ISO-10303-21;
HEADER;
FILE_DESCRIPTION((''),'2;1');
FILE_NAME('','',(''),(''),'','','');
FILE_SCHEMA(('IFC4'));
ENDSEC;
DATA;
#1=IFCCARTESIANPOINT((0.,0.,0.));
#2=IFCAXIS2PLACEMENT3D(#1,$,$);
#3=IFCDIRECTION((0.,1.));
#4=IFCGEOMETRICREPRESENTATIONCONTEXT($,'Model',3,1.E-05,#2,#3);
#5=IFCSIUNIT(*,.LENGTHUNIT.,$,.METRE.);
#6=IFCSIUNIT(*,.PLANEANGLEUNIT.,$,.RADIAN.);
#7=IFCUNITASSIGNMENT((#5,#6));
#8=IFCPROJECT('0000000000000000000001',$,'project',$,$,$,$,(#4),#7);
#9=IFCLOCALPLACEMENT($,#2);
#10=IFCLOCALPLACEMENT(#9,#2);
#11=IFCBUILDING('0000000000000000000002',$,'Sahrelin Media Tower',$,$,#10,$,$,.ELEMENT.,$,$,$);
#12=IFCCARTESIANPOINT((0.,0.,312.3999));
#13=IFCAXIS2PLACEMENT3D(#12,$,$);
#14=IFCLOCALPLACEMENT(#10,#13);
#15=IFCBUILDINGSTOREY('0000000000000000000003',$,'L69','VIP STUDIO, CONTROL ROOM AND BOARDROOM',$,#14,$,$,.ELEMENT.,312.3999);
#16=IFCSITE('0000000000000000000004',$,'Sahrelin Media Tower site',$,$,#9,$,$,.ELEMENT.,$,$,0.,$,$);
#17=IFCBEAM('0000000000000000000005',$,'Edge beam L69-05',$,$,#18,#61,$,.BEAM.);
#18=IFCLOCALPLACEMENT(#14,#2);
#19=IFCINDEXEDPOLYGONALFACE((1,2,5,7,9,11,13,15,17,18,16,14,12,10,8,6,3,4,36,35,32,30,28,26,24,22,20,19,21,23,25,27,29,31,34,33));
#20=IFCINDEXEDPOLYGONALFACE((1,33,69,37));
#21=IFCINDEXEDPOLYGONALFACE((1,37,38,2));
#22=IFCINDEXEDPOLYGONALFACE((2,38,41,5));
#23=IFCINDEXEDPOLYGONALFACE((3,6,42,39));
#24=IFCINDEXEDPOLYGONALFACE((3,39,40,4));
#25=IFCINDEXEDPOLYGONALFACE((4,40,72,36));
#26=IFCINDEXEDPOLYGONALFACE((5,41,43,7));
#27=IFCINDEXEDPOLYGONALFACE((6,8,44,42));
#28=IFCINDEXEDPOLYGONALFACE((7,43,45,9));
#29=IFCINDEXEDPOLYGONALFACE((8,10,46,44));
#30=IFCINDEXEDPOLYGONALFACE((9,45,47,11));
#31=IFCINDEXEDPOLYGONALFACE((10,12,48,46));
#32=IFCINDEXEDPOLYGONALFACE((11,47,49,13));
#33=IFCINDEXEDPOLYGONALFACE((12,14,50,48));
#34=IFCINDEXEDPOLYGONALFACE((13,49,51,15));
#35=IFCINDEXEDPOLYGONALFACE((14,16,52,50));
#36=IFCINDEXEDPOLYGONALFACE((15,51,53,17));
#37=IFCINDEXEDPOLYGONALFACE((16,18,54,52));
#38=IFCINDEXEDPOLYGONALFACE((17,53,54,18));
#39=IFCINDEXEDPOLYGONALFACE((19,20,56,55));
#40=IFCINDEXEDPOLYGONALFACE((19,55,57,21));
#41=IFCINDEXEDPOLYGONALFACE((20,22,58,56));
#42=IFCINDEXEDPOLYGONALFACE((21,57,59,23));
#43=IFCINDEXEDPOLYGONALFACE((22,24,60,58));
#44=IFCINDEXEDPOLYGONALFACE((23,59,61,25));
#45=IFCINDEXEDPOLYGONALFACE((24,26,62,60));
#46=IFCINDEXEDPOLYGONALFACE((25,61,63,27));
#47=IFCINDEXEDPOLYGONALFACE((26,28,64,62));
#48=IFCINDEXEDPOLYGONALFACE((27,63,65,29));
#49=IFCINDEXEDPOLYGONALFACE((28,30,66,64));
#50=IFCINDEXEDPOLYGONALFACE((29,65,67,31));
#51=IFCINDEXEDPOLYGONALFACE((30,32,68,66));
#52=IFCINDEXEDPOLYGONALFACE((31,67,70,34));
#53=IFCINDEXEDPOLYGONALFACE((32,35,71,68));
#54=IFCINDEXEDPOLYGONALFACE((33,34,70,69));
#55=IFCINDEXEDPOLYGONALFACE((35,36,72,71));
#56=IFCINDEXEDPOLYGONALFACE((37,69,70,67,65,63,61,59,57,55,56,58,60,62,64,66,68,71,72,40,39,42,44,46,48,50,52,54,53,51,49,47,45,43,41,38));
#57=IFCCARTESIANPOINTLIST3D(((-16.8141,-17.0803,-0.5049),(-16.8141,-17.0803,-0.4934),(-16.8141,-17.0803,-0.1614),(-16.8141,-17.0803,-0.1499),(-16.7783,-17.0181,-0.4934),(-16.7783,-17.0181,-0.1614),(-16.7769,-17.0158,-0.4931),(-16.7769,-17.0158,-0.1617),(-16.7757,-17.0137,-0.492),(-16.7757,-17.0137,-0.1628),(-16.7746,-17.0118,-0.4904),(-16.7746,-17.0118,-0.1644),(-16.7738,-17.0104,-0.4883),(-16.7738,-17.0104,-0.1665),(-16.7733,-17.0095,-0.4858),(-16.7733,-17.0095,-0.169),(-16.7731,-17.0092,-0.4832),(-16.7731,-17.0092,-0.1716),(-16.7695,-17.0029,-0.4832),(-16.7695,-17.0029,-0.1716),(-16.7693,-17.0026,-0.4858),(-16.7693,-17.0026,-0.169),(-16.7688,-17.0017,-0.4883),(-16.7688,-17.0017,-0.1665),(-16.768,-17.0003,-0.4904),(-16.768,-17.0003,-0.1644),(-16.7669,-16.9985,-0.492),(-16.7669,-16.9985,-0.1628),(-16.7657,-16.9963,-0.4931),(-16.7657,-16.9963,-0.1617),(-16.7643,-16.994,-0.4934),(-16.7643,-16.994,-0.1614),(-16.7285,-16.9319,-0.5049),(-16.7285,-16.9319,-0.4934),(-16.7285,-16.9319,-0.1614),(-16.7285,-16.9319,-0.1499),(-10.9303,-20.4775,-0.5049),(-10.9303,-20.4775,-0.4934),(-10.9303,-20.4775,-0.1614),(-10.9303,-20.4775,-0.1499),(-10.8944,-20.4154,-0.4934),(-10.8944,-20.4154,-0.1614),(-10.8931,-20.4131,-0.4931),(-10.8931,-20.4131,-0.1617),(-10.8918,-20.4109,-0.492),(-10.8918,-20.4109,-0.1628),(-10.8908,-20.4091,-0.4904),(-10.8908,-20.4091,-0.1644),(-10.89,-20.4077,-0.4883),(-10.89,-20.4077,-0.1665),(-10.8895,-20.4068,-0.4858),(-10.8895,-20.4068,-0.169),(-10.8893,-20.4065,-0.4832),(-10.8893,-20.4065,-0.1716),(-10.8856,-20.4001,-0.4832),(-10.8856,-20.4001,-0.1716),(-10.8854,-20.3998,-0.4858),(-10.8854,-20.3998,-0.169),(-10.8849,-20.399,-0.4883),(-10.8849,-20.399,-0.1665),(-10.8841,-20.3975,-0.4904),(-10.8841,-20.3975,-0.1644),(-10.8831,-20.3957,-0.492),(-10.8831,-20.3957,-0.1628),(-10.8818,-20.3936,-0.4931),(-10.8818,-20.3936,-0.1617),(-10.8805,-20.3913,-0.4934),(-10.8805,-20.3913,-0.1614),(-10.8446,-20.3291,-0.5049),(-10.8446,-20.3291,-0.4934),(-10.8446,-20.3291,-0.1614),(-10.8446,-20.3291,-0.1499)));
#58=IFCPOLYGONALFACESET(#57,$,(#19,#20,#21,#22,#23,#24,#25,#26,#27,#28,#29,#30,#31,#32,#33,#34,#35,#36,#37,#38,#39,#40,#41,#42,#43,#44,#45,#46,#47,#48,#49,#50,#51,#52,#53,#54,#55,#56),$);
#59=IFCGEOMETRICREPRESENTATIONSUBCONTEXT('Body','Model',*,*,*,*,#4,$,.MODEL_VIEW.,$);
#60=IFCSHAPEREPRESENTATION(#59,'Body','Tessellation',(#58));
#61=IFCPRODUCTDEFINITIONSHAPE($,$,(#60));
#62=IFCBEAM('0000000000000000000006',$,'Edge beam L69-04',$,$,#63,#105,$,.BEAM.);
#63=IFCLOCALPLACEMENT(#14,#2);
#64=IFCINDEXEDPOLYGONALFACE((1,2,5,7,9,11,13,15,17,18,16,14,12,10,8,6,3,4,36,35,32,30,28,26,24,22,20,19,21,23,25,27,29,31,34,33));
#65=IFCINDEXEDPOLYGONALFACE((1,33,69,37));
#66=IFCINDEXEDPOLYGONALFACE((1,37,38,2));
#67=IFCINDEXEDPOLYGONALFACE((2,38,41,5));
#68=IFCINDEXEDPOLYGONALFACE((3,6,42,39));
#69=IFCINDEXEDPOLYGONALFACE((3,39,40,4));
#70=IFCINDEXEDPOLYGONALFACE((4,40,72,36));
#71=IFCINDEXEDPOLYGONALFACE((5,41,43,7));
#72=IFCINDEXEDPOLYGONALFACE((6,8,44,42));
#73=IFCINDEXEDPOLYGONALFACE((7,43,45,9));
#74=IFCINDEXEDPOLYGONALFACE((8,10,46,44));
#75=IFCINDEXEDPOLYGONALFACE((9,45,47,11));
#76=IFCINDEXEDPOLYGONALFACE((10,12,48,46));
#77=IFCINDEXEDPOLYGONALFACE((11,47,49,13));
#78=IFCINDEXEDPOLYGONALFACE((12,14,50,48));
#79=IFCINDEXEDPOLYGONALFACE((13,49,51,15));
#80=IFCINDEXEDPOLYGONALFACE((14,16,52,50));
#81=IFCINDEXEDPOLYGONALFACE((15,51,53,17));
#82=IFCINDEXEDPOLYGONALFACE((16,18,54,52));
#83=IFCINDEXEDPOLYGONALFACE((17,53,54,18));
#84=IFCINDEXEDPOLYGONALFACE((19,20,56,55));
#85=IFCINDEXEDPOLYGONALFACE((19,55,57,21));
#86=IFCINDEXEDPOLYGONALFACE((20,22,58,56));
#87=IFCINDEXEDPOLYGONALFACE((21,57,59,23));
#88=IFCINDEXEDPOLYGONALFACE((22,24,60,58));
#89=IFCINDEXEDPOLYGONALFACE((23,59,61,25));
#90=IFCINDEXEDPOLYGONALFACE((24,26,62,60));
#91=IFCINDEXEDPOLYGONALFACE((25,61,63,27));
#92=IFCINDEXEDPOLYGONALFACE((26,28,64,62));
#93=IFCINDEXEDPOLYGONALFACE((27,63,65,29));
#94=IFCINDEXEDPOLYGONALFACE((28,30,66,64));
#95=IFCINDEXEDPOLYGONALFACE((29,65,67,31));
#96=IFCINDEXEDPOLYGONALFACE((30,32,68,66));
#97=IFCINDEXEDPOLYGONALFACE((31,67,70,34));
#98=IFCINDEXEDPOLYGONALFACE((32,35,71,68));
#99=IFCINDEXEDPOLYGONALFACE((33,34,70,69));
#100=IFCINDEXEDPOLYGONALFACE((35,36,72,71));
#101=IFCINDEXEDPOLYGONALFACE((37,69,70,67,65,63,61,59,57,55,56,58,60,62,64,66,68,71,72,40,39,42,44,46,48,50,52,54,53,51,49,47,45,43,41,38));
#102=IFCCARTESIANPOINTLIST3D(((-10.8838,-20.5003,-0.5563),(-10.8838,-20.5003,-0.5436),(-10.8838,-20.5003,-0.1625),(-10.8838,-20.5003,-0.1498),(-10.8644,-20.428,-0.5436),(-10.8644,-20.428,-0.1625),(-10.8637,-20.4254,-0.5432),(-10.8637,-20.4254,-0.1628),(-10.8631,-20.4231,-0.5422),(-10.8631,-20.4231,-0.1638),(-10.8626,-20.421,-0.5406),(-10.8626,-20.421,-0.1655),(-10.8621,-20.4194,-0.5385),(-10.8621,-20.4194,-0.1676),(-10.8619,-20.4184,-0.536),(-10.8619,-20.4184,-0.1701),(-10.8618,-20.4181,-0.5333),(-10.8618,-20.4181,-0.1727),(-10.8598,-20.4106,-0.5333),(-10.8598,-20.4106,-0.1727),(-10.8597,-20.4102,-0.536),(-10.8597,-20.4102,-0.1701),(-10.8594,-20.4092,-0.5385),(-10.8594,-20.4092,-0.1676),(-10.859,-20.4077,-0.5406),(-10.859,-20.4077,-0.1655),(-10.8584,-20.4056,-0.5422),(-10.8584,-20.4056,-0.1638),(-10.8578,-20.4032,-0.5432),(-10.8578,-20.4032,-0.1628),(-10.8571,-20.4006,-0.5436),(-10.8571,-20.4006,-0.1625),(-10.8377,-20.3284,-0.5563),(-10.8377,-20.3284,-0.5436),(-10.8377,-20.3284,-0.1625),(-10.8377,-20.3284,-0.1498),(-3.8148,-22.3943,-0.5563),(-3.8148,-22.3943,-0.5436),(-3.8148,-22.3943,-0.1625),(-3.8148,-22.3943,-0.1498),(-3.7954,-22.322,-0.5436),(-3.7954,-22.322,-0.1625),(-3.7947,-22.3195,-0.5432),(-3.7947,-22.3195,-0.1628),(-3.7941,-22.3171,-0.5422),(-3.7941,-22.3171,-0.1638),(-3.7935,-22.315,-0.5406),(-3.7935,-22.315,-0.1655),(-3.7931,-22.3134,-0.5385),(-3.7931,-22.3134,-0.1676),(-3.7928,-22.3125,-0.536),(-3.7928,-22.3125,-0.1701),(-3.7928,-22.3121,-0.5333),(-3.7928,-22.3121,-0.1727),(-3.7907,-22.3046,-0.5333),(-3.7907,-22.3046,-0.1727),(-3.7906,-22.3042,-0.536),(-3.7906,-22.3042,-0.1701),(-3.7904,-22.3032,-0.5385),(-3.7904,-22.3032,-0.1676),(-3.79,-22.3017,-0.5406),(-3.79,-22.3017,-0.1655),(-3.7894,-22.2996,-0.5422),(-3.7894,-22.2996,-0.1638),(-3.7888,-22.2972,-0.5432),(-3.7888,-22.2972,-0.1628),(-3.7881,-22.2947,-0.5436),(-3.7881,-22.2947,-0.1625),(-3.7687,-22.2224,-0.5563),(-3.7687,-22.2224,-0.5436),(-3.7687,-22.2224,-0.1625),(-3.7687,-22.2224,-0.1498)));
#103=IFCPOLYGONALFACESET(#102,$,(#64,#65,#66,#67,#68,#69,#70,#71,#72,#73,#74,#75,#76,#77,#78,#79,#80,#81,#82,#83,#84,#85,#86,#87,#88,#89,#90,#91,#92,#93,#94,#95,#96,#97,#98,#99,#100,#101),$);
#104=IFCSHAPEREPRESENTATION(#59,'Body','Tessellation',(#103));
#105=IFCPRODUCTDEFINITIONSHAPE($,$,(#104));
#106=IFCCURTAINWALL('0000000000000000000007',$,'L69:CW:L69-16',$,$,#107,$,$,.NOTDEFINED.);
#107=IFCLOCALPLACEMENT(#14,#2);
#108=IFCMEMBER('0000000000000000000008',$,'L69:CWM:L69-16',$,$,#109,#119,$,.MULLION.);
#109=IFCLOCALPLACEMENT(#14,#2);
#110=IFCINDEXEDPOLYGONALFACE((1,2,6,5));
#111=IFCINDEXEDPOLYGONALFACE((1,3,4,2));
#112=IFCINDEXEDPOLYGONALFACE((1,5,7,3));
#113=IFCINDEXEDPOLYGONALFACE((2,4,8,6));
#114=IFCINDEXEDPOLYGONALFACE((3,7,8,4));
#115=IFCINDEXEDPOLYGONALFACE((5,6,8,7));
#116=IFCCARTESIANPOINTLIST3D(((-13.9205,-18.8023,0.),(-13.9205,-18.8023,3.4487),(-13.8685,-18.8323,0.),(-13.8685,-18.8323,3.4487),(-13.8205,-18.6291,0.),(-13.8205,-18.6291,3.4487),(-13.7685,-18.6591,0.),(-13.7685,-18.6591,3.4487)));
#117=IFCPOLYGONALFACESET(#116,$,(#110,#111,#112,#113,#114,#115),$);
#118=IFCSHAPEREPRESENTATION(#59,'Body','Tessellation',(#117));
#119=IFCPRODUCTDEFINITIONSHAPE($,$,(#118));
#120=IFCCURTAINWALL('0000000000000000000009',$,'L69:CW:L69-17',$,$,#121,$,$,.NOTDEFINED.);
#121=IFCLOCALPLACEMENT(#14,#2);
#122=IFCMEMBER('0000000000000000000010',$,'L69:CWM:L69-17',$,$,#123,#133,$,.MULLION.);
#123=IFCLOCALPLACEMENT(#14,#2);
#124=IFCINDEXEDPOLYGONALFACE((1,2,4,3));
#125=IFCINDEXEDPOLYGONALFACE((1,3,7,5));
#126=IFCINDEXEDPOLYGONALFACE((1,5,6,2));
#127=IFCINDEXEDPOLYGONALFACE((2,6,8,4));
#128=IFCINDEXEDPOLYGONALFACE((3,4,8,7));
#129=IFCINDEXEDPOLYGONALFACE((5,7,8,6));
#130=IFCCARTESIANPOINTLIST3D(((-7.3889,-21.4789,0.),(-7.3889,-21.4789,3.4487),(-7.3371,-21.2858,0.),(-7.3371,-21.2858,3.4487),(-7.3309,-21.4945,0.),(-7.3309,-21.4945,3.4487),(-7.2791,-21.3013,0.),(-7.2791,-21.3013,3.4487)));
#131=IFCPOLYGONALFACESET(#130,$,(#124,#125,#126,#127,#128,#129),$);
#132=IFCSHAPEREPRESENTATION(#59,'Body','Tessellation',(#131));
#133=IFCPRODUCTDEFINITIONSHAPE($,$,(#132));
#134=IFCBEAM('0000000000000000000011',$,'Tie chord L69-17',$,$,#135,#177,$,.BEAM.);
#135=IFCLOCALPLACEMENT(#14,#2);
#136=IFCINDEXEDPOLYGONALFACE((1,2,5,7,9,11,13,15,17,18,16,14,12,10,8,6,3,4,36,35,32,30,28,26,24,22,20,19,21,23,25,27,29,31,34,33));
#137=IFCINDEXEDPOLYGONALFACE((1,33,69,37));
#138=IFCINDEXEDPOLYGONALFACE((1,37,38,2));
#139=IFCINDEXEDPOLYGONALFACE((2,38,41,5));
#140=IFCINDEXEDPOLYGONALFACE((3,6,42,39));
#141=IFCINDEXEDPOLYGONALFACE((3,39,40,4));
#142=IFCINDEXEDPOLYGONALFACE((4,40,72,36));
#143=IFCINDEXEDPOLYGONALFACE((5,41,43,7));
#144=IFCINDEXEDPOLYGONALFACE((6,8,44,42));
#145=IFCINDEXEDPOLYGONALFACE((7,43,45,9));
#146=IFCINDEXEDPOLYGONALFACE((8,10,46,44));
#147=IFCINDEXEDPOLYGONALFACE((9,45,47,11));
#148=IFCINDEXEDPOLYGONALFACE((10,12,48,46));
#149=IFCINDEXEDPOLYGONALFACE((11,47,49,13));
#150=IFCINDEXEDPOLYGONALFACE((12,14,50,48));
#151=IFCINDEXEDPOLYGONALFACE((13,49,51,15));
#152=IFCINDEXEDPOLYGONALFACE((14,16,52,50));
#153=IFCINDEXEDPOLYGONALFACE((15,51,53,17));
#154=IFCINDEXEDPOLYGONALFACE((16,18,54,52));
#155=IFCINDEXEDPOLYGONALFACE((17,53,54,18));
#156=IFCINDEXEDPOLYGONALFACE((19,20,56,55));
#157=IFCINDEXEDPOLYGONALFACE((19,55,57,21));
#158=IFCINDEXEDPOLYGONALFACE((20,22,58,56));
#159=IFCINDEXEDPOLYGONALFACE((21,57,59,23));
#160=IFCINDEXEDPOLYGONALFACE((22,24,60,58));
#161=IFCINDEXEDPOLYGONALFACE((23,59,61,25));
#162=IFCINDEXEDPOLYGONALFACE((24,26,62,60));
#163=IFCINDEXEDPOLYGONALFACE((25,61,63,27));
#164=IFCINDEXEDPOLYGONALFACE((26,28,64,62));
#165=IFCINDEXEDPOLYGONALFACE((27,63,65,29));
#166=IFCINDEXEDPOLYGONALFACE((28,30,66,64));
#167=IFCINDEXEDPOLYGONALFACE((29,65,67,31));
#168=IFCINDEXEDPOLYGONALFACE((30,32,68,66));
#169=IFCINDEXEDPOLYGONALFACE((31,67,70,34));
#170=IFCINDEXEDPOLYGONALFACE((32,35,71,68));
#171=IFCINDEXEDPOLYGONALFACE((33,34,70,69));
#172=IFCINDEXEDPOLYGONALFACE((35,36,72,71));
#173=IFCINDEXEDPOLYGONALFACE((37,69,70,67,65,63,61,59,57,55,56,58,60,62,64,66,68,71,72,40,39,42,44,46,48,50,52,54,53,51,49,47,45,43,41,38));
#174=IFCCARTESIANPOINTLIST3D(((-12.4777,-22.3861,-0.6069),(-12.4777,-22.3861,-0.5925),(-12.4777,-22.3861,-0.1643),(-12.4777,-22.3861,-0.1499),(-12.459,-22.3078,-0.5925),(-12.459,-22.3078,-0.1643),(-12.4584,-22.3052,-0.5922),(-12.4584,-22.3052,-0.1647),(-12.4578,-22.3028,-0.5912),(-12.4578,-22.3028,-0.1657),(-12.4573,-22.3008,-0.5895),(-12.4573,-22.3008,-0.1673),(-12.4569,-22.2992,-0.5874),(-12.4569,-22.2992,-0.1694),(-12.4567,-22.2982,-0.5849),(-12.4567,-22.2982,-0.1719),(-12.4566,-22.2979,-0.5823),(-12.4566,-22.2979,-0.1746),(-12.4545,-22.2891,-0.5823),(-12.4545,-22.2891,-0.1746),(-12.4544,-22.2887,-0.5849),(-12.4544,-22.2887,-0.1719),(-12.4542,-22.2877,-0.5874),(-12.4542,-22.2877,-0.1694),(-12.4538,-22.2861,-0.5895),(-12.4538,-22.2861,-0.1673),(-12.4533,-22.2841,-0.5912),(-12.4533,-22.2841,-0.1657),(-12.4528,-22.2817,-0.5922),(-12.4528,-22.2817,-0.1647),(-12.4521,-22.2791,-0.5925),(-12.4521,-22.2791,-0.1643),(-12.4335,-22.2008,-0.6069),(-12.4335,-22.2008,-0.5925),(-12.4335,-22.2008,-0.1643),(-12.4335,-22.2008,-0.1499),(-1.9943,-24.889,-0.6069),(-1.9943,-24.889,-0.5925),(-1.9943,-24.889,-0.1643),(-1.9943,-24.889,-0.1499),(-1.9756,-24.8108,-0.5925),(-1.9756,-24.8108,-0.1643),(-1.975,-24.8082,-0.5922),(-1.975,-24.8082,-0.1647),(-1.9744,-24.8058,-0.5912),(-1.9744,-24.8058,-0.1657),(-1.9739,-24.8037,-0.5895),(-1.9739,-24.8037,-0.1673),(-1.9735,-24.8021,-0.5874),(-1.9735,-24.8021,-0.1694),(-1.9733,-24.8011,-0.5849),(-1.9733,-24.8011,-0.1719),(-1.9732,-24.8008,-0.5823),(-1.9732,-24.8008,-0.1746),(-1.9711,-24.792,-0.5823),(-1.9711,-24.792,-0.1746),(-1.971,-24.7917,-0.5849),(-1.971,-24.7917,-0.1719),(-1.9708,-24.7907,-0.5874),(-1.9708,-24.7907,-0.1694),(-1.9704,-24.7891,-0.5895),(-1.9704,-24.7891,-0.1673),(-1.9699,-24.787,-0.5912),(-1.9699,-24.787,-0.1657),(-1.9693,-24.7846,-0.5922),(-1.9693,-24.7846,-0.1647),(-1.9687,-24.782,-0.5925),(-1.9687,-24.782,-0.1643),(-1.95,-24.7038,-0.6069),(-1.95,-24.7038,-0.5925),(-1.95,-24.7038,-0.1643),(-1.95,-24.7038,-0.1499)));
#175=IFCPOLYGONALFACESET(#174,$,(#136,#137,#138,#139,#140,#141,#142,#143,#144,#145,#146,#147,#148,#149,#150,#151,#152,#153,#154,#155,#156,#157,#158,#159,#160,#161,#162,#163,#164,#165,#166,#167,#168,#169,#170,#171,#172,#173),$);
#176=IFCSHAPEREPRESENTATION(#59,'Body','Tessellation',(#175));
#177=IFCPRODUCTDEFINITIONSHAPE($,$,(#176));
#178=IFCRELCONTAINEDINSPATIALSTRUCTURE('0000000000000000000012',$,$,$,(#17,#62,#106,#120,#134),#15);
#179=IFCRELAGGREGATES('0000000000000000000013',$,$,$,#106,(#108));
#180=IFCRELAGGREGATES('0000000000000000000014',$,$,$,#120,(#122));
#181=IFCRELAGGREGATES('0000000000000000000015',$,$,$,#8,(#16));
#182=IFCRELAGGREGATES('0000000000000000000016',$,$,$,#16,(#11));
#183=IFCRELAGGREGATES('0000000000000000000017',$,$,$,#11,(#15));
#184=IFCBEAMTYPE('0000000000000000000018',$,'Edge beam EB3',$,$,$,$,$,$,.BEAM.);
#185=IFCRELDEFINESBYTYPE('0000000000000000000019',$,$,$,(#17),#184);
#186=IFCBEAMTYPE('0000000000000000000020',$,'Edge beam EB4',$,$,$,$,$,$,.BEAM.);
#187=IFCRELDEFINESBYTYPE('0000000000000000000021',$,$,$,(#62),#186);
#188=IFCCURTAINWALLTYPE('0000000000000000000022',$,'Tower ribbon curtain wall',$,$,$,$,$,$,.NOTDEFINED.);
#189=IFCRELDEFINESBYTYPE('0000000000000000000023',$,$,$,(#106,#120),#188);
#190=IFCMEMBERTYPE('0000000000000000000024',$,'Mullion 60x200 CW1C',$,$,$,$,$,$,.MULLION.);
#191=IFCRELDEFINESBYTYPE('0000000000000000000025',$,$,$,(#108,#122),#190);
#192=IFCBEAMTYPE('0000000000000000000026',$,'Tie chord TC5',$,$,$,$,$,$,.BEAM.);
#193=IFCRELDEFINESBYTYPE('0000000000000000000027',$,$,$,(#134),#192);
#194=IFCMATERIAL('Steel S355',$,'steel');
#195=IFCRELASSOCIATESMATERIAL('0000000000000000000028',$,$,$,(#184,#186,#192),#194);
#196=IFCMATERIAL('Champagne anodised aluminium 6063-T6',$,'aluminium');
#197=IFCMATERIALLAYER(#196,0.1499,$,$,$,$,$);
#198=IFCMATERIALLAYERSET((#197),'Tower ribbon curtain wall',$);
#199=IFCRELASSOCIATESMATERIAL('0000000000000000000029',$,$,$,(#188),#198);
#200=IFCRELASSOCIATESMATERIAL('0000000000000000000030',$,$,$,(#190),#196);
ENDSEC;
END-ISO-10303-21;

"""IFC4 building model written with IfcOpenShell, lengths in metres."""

from ifc_helpers import new_model, si_unit, direction, frame, origin, origin_2d, place, context, subcontext, project, spatial, rectangle, i_section, extrude, material, layer, layer_set, material_profile, profile_set, type_object, element, aggregate, save


model = new_model("IFC4")

# Units and contexts
model_context = context("Model", 3, precision=1e-05, world=origin(), true_north=direction((0.0, 1.0)))
body_context = subcontext(model_context, "Body", "Model", "MODEL_VIEW")
ifc_project = project(units=[si_unit("LENGTHUNIT", "METRE"), si_unit("PLANEANGLEUNIT", "RADIAN")], contexts=[model_context])

# Site, building, storey
site_placement = place(None, origin())
site = spatial("IfcSite", under=ifc_project, at=site_placement, Name="Sahrelin Media Tower site", CompositionType="ELEMENT", RefElevation=0.0)
building_placement = place(site_placement, origin())
building = spatial("IfcBuilding", under=site, at=building_placement, Name="Sahrelin Media Tower", CompositionType="ELEMENT")
storey_placement = place(building_placement, frame((0.0, 0.0, 312.3999)))
storey = spatial("IfcBuildingStorey", under=building, at=storey_placement, Name="L69", Description="VIP STUDIO, CONTROL ROOM AND BOARDROOM", CompositionType="ELEMENT", Elevation=312.3999)

# Beams
ifc_material_1 = material(Name="Steel S355", Category="steel")
ifc_material_profile_1 = material_profile(ifc_material_1, i_section(OverallWidth=0.1714, OverallDepth=0.355, WebThickness=0.0073, FlangeThickness=0.0115, FilletRadius=0.0103, at=origin_2d()), Name="UB 356x171x51")
ifc_profile_set_1 = profile_set([ifc_material_profile_1], Name="Steel S355")
beam_type_1 = type_object("IfcBeamType", Name="Edge beam EB3", PredefinedType="BEAM", material=ifc_profile_set_1)
beam_1_placement = place(storey_placement, frame((-10.8875, -20.4033, -0.3274), z_axis=(-0.866012, 0.500023, 0.0), x_axis=(-0.500023, -0.866012, 0.0)))
element("IfcBeam", 1, at=beam_1_placement, inside=storey, type_object=beam_type_1, Name="Edge beam L69-05", PredefinedType="BEAM", context=body_context, shape_type="SweptSolid", body=[
    extrude(i_section(OverallWidth=0.1714, OverallDepth=0.355, WebThickness=0.0073, FlangeThickness=0.0115, FilletRadius=0.0103, at=origin_2d()), origin(), (0.0, 0.0, 1.0), 6.7942),
])
ifc_material_profile_2 = material_profile(ifc_material_1, i_section(OverallWidth=0.178, OverallDepth=0.4065, WebThickness=0.0078, FlangeThickness=0.0127, FilletRadius=0.0103, at=origin_2d()), Name="UB 406x178x60")
ifc_profile_set_2 = profile_set([ifc_material_profile_2], Name="Steel S355")
beam_type_2 = type_object("IfcBeamType", Name="Edge beam EB4", PredefinedType="BEAM", material=ifc_profile_set_2)
beam_2_placement = place(storey_placement, frame((-3.7917, -22.3083, -0.353), z_axis=(-0.96593, 0.258804, 0.0), x_axis=(-0.258804, -0.96593, 0.0)))
element("IfcBeam", 2, at=beam_2_placement, inside=storey, type_object=beam_type_2, Name="Edge beam L69-04", PredefinedType="BEAM", context=body_context, shape_type="SweptSolid", body=[
    extrude(i_section(OverallWidth=0.178, OverallDepth=0.4065, WebThickness=0.0078, FlangeThickness=0.0127, FilletRadius=0.0103, at=origin_2d()), origin(), (0.0, 0.0, 1.0), 7.3184),
])

# Curtain walls, members
ifc_material_2 = material(Name="Champagne anodised aluminium 6063-T6", Category="aluminium")
ifc_layer_1 = layer(ifc_material_2, 0.1499)
ifc_layer_set_1 = layer_set([ifc_layer_1], Name="Tower ribbon curtain wall")
curtain_wall_type = type_object("IfcCurtainWallType", Name="Tower ribbon curtain wall", PredefinedType="NOTDEFINED", material=ifc_layer_set_1)
curtain_wall_1_placement = place(storey_placement, frame((-13.9043, -18.8347, 0.0), z_axis=(0.0, 0.0, 1.0), x_axis=(1.0, 0.0, 0.0)))
curtain_wall_1 = element("IfcCurtainWall", 3, at=curtain_wall_1_placement, inside=storey, type_object=curtain_wall_type, Name="L69:CW:L69-16", PredefinedType="NOTDEFINED")
ifc_material_profile_3 = material_profile(ifc_material_2, rectangle(XDim=0.0601, YDim=0.2, at=origin_2d()), Name="Mullion 60x200")
ifc_profile_set_3 = profile_set([ifc_material_profile_3], Name="Champagne anodised aluminium 6063-T6")
member_type_1 = type_object("IfcMemberType", Name="Mullion 60x200 CW1C", PredefinedType="MULLION", material=ifc_profile_set_3)
member_1_placement = place(storey_placement, frame((-13.8445, -18.7307, 0.0), z_axis=(0.0, 0.0, 1.0), x_axis=(0.866029, -0.499994, 0.0)))
member_1 = element("IfcMember", 4, at=member_1_placement, type_object=member_type_1, Name="L69:CWM:L69-16", PredefinedType="MULLION", context=body_context, shape_type="SweptSolid", body=[
    extrude(rectangle(XDim=0.0601, YDim=0.2, at=origin_2d()), origin(), (0.0, 0.0, 1.0), 3.4487),
])
aggregate(curtain_wall_1, [member_1])
curtain_wall_2_placement = place(storey_placement, frame((-7.3652, -21.5061, 0.0), z_axis=(0.0, 0.0, 1.0), x_axis=(1.0, 0.0, 0.0)))
curtain_wall_2 = element("IfcCurtainWall", 5, at=curtain_wall_2_placement, inside=storey, type_object=curtain_wall_type, Name="L69:CW:L69-17", PredefinedType="NOTDEFINED")
member_2_placement = place(storey_placement, frame((-7.334, -21.3901, 0.0), z_axis=(0.0, 0.0, 1.0), x_axis=(0.965926, -0.258819, 0.0)))
member_2 = element("IfcMember", 6, at=member_2_placement, type_object=member_type_1, Name="L69:CWM:L69-17", PredefinedType="MULLION", context=body_context, shape_type="SweptSolid", body=[
    extrude(rectangle(XDim=0.0601, YDim=0.2, at=origin_2d()), origin(), (0.0, 0.0, 1.0), 3.4487),
])

# Beam
ifc_material_profile_4 = material_profile(ifc_material_1, i_section(OverallWidth=0.1904, OverallDepth=0.457, WebThickness=0.009, FlangeThickness=0.0144, FilletRadius=0.0103, at=origin_2d()), Name="UB 457x191x74")
ifc_profile_set_4 = profile_set([ifc_material_profile_4], Name="Steel S355")
beam_type_3 = type_object("IfcBeamType", Name="Tie chord TC5", PredefinedType="BEAM", material=ifc_profile_set_4)
beam_3_placement = place(storey_placement, frame((-12.4556, -22.2935, -0.3784), z_axis=(0.972662, -0.232225, 0.0), x_axis=(0.232225, 0.972662, 0.0)))
element("IfcBeam", 7, at=beam_3_placement, inside=storey, type_object=beam_type_3, Name="Tie chord L69-17", PredefinedType="BEAM", context=body_context, shape_type="SweptSolid", body=[
    extrude(i_section(OverallWidth=0.1904, OverallDepth=0.457, WebThickness=0.009, FlangeThickness=0.0144, FilletRadius=0.0103, at=origin_2d()), origin(), (0.0, 0.0, 1.0), 10.7781),
])

aggregate(curtain_wall_2, [member_2])

save(model, "model.ifc")
